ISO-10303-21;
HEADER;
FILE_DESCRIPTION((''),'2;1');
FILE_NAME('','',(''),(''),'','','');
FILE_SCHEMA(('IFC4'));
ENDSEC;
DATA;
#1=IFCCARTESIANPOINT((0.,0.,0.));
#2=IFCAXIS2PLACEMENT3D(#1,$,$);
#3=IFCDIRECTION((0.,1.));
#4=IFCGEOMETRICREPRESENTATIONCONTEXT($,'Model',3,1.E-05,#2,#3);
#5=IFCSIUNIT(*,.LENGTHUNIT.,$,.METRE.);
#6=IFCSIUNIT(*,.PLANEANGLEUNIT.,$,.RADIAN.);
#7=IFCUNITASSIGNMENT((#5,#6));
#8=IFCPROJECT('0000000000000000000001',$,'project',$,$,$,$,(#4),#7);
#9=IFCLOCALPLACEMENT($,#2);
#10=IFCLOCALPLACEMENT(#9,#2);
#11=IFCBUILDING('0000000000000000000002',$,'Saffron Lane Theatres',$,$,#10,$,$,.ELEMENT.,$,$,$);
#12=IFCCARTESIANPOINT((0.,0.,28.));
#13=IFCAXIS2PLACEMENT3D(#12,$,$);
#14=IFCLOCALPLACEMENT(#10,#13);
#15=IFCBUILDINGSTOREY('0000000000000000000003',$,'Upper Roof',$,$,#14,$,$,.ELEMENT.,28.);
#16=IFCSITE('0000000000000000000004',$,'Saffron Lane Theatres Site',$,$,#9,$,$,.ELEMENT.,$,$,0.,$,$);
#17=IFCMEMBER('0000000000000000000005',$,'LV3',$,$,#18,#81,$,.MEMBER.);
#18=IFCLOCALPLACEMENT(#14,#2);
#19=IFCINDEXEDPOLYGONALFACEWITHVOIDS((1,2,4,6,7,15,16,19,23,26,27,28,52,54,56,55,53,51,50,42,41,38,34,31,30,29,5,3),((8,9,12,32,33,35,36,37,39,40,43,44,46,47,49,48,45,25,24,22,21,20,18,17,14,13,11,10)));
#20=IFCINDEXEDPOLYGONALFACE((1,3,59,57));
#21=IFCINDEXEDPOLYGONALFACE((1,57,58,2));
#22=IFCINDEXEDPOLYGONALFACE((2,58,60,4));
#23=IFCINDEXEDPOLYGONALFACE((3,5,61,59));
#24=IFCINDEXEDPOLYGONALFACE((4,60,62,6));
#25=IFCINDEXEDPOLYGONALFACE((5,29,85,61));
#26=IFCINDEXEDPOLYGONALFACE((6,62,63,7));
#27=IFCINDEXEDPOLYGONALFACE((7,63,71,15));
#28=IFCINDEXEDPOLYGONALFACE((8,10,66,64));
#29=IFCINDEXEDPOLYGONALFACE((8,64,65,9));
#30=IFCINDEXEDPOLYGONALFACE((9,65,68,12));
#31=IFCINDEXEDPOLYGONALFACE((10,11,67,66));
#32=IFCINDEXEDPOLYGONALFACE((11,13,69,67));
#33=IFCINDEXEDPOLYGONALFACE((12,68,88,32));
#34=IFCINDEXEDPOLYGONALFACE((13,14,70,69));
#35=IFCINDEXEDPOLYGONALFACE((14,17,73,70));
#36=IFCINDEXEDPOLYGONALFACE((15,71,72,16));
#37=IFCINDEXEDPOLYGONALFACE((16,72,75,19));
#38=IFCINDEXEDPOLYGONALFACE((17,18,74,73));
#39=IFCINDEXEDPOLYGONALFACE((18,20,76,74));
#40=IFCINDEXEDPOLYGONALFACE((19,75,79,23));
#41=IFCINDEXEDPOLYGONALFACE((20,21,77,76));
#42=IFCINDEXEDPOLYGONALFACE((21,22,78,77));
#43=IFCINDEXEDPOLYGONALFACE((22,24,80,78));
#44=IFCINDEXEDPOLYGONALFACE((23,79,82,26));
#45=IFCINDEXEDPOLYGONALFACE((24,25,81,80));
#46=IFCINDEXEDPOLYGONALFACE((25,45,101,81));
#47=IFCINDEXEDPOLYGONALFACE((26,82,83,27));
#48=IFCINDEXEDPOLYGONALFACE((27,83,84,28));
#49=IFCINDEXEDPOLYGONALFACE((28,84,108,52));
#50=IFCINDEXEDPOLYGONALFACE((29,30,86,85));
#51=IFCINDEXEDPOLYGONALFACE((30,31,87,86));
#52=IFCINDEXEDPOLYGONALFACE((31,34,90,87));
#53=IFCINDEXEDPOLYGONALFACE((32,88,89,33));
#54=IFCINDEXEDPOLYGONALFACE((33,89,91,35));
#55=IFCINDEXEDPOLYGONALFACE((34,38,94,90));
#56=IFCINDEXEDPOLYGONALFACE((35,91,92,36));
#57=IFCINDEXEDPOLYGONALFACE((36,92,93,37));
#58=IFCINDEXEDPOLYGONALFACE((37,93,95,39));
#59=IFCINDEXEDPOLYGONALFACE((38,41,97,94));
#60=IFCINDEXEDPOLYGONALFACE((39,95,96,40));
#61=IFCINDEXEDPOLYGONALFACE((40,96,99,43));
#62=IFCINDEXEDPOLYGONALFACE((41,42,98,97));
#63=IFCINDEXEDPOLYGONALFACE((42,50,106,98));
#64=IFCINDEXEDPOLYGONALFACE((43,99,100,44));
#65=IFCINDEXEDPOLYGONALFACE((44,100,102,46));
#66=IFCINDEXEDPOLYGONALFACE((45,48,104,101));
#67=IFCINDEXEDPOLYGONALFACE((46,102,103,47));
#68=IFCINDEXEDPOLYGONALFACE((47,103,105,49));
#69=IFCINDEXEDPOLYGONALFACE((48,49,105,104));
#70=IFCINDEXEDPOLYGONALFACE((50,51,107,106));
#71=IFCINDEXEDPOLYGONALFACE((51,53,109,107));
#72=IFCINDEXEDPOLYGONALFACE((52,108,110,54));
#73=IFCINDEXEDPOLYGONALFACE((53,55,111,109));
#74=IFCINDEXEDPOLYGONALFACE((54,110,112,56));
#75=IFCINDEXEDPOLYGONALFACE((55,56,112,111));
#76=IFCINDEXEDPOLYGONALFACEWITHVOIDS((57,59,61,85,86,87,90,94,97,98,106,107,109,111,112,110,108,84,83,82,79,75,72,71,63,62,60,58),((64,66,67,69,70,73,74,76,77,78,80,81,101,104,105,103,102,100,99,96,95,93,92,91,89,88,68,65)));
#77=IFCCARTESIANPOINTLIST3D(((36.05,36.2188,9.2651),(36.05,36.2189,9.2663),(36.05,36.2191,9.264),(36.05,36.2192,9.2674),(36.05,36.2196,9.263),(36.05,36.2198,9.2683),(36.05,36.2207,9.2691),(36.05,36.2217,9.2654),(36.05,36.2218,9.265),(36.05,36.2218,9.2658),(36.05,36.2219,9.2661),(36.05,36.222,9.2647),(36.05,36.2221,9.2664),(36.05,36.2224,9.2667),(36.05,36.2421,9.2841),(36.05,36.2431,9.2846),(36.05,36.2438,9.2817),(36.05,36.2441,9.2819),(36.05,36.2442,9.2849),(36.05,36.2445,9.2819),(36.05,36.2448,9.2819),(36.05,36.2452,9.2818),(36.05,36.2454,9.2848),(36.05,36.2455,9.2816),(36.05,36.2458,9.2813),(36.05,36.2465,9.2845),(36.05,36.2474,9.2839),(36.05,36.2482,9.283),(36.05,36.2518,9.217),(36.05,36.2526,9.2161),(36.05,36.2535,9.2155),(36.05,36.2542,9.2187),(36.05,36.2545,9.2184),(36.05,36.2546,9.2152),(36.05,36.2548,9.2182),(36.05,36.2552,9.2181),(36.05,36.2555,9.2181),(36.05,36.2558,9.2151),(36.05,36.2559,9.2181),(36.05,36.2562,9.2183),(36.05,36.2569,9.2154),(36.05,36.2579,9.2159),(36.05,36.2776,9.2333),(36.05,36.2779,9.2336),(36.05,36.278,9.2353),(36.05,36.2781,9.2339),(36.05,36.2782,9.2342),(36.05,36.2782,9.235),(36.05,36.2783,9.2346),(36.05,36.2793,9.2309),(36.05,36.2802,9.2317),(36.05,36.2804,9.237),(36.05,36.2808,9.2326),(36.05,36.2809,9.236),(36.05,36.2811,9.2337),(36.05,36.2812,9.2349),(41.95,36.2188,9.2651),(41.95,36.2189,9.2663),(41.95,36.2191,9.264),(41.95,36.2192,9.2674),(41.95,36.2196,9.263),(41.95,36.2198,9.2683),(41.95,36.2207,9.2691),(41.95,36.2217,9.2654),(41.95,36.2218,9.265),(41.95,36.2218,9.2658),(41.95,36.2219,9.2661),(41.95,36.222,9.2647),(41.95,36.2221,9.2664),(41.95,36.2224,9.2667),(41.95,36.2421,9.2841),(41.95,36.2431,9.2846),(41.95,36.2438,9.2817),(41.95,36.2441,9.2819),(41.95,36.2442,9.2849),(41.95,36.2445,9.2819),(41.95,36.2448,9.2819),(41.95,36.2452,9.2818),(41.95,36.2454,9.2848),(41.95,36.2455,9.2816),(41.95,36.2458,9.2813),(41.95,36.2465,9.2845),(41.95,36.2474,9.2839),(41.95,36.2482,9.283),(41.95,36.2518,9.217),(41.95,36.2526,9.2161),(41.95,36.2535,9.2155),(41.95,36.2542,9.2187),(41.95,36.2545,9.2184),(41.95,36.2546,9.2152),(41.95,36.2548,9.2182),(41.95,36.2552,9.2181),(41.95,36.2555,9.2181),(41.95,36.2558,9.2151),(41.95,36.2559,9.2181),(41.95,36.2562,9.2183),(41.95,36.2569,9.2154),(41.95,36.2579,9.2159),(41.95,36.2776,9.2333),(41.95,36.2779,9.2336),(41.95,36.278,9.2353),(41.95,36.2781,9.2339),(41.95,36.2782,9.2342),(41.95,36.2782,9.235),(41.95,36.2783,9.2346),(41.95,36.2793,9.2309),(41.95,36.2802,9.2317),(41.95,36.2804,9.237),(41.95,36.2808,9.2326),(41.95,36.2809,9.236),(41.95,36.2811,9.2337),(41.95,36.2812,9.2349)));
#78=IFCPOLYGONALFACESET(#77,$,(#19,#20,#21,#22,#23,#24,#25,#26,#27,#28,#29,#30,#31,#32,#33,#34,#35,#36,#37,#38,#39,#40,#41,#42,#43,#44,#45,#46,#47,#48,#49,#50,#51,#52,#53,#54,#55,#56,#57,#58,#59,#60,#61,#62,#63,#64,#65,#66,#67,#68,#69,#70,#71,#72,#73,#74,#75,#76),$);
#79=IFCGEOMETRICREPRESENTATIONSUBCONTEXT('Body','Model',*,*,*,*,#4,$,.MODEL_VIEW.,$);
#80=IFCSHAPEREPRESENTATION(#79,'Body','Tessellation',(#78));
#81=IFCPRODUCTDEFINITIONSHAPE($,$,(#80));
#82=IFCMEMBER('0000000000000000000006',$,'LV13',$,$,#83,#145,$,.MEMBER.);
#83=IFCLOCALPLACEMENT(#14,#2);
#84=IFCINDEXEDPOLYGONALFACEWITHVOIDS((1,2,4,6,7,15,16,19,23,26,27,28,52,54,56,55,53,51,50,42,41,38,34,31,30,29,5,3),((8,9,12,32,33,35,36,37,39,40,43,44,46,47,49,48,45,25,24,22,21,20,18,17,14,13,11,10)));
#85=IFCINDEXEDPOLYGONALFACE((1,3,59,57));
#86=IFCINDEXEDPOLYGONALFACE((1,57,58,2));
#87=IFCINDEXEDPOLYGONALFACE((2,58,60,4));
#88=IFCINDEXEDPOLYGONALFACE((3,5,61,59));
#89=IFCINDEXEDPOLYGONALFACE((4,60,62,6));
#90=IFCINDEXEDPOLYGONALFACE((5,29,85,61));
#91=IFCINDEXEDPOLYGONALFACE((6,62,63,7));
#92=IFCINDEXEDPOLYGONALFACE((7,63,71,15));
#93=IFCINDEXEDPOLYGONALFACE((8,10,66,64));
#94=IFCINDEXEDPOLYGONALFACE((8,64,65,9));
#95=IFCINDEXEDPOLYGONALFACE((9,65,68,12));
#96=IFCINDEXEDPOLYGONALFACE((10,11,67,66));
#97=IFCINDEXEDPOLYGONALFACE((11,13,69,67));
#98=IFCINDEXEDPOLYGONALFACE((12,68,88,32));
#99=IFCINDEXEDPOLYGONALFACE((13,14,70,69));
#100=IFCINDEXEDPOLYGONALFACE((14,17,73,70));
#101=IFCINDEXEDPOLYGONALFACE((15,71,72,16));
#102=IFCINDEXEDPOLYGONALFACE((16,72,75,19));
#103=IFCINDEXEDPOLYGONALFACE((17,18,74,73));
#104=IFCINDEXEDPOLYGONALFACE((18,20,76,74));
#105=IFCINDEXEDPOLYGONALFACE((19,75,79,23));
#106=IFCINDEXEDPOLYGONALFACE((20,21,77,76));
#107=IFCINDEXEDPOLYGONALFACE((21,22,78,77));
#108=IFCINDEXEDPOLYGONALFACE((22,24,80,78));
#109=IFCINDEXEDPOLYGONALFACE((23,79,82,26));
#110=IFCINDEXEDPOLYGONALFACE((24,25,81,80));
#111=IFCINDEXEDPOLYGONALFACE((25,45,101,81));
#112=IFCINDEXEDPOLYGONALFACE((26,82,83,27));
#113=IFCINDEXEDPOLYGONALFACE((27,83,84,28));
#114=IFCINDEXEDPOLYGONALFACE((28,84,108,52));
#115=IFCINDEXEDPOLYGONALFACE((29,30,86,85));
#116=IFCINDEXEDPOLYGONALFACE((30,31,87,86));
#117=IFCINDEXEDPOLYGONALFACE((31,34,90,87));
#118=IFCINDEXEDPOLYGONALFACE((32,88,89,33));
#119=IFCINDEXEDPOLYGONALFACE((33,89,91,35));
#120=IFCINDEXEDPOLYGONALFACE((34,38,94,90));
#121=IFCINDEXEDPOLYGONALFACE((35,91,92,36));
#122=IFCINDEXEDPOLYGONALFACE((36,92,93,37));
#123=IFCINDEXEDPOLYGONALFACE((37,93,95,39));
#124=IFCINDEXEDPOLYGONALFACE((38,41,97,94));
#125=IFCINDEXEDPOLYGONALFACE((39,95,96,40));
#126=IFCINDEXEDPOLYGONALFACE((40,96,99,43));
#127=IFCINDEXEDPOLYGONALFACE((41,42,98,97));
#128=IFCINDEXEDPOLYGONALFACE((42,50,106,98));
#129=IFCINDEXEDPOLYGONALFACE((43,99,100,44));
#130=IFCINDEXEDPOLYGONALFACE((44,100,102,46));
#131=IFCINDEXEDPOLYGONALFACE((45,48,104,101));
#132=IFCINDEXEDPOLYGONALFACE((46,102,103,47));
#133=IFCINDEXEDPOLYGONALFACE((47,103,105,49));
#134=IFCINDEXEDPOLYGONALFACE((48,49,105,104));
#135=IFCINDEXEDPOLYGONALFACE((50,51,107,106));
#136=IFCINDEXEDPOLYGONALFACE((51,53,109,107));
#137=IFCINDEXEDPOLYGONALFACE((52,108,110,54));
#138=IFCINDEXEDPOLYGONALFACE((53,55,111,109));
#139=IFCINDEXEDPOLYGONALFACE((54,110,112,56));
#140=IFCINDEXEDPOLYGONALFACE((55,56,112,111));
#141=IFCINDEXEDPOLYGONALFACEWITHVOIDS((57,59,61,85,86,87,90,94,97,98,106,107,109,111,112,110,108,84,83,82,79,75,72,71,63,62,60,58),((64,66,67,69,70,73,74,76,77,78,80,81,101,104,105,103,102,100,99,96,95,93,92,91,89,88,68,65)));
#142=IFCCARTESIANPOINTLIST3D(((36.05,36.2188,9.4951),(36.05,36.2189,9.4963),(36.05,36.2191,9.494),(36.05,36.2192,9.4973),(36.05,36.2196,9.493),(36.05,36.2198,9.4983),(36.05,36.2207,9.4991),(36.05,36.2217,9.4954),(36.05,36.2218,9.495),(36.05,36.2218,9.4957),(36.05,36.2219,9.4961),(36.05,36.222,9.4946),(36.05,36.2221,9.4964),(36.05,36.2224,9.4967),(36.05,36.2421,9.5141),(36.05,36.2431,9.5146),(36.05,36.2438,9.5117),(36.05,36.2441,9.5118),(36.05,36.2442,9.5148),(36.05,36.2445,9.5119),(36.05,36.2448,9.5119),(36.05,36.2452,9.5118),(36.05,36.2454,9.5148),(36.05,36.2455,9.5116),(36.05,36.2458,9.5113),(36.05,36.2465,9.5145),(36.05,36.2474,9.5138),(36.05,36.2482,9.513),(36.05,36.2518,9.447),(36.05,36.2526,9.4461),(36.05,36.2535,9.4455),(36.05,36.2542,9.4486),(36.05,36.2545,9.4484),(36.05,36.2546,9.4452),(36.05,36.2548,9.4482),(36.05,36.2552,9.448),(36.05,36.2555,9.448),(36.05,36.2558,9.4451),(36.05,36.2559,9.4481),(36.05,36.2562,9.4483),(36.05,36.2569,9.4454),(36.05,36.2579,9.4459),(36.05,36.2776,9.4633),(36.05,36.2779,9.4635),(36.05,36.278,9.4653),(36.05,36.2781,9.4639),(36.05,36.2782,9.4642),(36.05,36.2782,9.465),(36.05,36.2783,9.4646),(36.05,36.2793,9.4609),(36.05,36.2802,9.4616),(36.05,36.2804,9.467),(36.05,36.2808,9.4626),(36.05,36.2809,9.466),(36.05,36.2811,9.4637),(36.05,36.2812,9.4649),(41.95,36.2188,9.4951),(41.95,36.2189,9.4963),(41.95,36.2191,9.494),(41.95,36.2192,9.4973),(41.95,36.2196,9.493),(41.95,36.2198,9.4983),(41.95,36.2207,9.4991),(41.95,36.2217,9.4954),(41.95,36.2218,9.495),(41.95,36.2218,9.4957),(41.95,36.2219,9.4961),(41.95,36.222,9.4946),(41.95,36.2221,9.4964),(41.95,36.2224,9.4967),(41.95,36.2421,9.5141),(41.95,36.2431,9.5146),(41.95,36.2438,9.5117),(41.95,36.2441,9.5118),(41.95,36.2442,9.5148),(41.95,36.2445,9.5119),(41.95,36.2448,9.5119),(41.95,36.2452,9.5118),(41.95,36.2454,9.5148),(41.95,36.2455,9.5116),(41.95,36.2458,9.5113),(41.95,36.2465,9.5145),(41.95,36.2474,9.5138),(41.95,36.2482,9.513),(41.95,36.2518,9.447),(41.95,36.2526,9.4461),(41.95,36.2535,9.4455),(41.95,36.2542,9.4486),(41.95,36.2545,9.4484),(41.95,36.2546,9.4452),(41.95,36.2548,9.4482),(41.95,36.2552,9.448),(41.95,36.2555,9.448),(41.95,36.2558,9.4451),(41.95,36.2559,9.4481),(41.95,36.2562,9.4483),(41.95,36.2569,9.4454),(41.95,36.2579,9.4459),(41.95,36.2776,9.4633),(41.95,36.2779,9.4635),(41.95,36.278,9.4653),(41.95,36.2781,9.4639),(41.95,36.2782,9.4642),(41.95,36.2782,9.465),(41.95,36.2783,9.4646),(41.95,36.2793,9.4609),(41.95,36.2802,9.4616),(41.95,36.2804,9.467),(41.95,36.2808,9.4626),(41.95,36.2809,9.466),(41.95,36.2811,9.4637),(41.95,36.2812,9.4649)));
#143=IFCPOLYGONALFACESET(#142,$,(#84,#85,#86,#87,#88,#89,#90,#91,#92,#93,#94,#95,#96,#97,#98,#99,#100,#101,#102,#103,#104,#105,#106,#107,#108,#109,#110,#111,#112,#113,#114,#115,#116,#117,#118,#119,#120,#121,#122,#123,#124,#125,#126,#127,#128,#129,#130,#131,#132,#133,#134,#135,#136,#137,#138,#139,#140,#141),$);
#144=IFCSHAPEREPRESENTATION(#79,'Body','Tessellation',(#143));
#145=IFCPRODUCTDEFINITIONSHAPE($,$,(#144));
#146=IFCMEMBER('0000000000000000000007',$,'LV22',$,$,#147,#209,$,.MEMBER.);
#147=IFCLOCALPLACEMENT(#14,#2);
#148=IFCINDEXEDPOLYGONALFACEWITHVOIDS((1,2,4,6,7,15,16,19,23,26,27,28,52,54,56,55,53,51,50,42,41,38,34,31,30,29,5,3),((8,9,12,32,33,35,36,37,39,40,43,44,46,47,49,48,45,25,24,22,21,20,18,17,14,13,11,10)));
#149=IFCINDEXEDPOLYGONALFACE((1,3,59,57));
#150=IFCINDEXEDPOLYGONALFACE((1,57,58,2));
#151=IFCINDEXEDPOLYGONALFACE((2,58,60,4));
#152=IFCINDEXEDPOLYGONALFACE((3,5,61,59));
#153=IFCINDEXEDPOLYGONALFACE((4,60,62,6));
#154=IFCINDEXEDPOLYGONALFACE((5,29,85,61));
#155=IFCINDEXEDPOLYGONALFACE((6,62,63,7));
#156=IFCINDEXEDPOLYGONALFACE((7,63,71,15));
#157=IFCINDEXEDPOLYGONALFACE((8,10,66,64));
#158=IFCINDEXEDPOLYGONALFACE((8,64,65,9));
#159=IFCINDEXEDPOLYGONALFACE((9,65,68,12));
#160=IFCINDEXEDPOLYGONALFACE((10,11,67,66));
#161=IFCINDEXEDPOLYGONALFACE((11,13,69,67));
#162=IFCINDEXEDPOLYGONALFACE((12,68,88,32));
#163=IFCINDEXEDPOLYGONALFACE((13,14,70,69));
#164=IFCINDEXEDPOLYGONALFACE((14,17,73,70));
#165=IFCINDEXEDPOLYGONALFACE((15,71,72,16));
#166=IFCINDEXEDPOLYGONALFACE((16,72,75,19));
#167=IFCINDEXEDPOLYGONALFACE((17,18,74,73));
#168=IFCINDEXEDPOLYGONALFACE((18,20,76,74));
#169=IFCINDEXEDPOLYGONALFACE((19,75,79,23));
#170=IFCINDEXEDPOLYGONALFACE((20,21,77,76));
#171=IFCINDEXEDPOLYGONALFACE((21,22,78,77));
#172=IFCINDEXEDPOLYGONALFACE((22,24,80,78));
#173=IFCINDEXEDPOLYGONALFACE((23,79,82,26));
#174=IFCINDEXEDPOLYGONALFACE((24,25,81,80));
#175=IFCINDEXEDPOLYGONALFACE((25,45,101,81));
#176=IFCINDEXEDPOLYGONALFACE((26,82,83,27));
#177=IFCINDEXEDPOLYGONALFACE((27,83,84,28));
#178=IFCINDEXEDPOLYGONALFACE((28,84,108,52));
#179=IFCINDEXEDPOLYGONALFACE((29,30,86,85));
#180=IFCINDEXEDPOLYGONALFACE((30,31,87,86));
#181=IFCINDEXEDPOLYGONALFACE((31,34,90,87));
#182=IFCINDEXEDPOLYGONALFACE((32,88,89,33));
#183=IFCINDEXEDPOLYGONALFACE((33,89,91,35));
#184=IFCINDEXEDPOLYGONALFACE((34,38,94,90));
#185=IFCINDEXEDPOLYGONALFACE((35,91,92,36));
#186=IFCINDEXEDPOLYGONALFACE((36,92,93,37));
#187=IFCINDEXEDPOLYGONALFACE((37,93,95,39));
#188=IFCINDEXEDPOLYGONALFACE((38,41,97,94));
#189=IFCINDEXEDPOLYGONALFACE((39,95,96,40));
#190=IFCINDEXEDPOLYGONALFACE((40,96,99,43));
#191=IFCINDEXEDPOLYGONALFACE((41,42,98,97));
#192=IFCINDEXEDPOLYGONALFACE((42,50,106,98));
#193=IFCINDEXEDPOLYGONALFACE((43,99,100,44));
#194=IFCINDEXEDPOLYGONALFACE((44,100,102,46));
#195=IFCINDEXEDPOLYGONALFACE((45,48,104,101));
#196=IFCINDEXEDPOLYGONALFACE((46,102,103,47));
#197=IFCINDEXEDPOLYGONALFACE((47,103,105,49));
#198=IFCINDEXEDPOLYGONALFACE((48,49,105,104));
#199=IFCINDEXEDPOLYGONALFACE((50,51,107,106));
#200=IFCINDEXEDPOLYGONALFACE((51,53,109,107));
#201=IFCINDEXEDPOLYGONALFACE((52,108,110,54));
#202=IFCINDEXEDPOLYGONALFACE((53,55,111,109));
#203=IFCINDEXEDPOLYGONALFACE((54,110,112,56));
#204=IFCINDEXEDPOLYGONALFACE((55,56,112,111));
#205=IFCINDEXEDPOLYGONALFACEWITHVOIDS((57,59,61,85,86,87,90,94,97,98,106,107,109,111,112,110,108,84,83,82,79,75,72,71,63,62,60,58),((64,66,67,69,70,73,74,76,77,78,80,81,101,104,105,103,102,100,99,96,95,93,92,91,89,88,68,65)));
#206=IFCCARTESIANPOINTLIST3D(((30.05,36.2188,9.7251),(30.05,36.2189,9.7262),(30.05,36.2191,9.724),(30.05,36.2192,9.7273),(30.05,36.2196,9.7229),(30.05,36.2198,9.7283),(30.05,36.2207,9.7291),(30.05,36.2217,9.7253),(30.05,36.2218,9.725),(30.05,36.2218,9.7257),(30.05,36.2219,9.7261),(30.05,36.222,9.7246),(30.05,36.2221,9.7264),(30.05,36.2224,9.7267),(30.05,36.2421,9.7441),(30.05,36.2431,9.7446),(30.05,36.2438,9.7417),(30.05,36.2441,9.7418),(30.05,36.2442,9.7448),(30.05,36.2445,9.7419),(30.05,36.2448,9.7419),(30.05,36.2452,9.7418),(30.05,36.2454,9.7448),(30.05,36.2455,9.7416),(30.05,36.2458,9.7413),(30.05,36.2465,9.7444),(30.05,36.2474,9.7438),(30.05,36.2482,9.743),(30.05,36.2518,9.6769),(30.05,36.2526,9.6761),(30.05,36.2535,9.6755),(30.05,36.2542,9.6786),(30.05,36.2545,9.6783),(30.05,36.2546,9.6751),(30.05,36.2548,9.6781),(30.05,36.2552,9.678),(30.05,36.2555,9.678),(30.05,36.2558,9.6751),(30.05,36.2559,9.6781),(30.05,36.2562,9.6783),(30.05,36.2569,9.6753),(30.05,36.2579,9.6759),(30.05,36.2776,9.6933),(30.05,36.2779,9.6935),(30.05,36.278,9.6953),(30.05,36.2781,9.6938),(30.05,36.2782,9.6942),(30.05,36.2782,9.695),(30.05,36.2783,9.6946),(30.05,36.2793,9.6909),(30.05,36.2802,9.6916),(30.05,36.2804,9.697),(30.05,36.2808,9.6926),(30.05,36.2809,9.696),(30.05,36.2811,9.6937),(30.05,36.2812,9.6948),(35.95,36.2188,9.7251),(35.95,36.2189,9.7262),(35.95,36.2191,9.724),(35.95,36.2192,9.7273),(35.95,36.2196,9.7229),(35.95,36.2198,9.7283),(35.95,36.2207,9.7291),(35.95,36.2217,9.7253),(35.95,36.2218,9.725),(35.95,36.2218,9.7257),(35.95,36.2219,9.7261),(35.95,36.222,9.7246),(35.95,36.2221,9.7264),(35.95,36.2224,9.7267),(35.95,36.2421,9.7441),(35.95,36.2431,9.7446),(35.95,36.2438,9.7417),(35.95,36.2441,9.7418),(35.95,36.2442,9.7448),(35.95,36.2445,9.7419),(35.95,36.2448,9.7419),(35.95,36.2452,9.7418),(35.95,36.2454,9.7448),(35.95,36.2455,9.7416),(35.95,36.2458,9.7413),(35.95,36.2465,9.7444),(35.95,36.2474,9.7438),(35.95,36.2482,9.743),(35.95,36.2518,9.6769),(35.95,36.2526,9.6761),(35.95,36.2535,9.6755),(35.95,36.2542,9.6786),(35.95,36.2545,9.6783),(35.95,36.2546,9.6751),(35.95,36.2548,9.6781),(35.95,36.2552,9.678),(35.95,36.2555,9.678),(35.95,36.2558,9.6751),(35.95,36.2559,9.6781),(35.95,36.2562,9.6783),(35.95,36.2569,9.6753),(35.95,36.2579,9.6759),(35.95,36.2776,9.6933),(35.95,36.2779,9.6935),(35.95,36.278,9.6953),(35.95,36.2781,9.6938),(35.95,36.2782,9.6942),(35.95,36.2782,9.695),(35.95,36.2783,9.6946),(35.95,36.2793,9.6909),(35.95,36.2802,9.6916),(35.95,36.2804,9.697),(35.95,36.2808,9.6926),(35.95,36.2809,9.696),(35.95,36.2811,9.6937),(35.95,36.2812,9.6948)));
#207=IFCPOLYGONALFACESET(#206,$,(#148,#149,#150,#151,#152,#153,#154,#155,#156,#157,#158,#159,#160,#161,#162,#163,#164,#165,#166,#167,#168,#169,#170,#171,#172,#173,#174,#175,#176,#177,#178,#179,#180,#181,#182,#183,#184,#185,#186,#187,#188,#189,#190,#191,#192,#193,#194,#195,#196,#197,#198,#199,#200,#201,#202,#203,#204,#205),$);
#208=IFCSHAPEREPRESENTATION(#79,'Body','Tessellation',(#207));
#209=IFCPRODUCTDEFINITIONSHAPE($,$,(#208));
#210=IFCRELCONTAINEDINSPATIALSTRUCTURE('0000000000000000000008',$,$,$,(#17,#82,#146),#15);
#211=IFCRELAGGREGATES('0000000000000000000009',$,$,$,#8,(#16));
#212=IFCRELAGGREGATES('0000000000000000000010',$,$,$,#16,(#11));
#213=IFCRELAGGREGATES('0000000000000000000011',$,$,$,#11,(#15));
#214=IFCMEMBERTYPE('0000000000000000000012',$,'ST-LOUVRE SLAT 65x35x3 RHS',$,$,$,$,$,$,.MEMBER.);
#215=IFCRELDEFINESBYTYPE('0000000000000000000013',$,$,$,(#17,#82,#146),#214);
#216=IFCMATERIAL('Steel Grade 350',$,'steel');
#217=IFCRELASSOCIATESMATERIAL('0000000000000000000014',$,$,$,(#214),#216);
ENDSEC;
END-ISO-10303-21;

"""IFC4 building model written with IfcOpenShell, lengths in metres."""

from ifc_helpers import new_model, si_unit, direction, frame, origin, origin_2d, place, context, subcontext, project, spatial, hollow_rectangle, extrude, material, material_profile, profile_set, type_object, element, save


model = new_model("IFC4")

# Units and contexts
model_context = context("Model", 3, precision=1e-05, world=origin(), true_north=direction((0.0, 1.0)))
body_context = subcontext(model_context, "Body", "Model", "MODEL_VIEW")
ifc_project = project(units=[si_unit("LENGTHUNIT", "METRE"), si_unit("PLANEANGLEUNIT", "RADIAN")], contexts=[model_context])

# Site, building, storey
site_placement = place(None, origin())
site = spatial("IfcSite", under=ifc_project, at=site_placement, Name="Saffron Lane Theatres Site", CompositionType="ELEMENT", RefElevation=0.0)
building_placement = place(site_placement, origin())
building = spatial("IfcBuilding", under=site, at=building_placement, Name="Saffron Lane Theatres", CompositionType="ELEMENT")
storey_placement = place(building_placement, frame((0.0, 0.0, 28.0)))
storey = spatial("IfcBuildingStorey", under=building, at=storey_placement, Name="Upper Roof", CompositionType="ELEMENT", Elevation=28.0)

# Members
ifc_material_1 = material(Name="Steel Grade 350", Category="steel")
ifc_material_profile_1 = material_profile(ifc_material_1, hollow_rectangle(XDim=0.0349, YDim=0.0649, WallThickness=0.0029, InnerFilletRadius=0.0015, OuterFilletRadius=0.0044, at=origin_2d()))
ifc_profile_set_1 = profile_set([ifc_material_profile_1], Name="Steel Grade 350")
member_type_1 = type_object("IfcMemberType", Name="ST-LOUVRE SLAT 65x35x3 RHS", PredefinedType="MEMBER", material=ifc_profile_set_1)
for number, where, z_axis, x_axis, name in (
    (1, (36.05, 36.25, 9.25), (1.0, 0.0, 0.0), (0.0, 0.819152, 0.573576), "LV3"),
    (2, (36.05, 36.25, 9.48), (1.0, 0.0, 0.0), (0.0, 0.819152, 0.573576), "LV13"),
    (3, (30.05, 36.25, 9.71), (1.0, 0.0, 0.0), (0.0, 0.819152, 0.573576), "LV22"),
):
    element("IfcMember", number, at=place(storey_placement, frame(where, z_axis=z_axis, x_axis=x_axis)), inside=storey, type_object=member_type_1, Name=name, PredefinedType="MEMBER", context=body_context, shape_type="SweptSolid", body=[
        extrude(hollow_rectangle(XDim=0.0349, YDim=0.0649, WallThickness=0.0029, InnerFilletRadius=0.0015, OuterFilletRadius=0.0044, at=origin_2d()), origin(), (0.0, 0.0, 1.0), 5.8999),
    ])

save(model, "model.ifc")
